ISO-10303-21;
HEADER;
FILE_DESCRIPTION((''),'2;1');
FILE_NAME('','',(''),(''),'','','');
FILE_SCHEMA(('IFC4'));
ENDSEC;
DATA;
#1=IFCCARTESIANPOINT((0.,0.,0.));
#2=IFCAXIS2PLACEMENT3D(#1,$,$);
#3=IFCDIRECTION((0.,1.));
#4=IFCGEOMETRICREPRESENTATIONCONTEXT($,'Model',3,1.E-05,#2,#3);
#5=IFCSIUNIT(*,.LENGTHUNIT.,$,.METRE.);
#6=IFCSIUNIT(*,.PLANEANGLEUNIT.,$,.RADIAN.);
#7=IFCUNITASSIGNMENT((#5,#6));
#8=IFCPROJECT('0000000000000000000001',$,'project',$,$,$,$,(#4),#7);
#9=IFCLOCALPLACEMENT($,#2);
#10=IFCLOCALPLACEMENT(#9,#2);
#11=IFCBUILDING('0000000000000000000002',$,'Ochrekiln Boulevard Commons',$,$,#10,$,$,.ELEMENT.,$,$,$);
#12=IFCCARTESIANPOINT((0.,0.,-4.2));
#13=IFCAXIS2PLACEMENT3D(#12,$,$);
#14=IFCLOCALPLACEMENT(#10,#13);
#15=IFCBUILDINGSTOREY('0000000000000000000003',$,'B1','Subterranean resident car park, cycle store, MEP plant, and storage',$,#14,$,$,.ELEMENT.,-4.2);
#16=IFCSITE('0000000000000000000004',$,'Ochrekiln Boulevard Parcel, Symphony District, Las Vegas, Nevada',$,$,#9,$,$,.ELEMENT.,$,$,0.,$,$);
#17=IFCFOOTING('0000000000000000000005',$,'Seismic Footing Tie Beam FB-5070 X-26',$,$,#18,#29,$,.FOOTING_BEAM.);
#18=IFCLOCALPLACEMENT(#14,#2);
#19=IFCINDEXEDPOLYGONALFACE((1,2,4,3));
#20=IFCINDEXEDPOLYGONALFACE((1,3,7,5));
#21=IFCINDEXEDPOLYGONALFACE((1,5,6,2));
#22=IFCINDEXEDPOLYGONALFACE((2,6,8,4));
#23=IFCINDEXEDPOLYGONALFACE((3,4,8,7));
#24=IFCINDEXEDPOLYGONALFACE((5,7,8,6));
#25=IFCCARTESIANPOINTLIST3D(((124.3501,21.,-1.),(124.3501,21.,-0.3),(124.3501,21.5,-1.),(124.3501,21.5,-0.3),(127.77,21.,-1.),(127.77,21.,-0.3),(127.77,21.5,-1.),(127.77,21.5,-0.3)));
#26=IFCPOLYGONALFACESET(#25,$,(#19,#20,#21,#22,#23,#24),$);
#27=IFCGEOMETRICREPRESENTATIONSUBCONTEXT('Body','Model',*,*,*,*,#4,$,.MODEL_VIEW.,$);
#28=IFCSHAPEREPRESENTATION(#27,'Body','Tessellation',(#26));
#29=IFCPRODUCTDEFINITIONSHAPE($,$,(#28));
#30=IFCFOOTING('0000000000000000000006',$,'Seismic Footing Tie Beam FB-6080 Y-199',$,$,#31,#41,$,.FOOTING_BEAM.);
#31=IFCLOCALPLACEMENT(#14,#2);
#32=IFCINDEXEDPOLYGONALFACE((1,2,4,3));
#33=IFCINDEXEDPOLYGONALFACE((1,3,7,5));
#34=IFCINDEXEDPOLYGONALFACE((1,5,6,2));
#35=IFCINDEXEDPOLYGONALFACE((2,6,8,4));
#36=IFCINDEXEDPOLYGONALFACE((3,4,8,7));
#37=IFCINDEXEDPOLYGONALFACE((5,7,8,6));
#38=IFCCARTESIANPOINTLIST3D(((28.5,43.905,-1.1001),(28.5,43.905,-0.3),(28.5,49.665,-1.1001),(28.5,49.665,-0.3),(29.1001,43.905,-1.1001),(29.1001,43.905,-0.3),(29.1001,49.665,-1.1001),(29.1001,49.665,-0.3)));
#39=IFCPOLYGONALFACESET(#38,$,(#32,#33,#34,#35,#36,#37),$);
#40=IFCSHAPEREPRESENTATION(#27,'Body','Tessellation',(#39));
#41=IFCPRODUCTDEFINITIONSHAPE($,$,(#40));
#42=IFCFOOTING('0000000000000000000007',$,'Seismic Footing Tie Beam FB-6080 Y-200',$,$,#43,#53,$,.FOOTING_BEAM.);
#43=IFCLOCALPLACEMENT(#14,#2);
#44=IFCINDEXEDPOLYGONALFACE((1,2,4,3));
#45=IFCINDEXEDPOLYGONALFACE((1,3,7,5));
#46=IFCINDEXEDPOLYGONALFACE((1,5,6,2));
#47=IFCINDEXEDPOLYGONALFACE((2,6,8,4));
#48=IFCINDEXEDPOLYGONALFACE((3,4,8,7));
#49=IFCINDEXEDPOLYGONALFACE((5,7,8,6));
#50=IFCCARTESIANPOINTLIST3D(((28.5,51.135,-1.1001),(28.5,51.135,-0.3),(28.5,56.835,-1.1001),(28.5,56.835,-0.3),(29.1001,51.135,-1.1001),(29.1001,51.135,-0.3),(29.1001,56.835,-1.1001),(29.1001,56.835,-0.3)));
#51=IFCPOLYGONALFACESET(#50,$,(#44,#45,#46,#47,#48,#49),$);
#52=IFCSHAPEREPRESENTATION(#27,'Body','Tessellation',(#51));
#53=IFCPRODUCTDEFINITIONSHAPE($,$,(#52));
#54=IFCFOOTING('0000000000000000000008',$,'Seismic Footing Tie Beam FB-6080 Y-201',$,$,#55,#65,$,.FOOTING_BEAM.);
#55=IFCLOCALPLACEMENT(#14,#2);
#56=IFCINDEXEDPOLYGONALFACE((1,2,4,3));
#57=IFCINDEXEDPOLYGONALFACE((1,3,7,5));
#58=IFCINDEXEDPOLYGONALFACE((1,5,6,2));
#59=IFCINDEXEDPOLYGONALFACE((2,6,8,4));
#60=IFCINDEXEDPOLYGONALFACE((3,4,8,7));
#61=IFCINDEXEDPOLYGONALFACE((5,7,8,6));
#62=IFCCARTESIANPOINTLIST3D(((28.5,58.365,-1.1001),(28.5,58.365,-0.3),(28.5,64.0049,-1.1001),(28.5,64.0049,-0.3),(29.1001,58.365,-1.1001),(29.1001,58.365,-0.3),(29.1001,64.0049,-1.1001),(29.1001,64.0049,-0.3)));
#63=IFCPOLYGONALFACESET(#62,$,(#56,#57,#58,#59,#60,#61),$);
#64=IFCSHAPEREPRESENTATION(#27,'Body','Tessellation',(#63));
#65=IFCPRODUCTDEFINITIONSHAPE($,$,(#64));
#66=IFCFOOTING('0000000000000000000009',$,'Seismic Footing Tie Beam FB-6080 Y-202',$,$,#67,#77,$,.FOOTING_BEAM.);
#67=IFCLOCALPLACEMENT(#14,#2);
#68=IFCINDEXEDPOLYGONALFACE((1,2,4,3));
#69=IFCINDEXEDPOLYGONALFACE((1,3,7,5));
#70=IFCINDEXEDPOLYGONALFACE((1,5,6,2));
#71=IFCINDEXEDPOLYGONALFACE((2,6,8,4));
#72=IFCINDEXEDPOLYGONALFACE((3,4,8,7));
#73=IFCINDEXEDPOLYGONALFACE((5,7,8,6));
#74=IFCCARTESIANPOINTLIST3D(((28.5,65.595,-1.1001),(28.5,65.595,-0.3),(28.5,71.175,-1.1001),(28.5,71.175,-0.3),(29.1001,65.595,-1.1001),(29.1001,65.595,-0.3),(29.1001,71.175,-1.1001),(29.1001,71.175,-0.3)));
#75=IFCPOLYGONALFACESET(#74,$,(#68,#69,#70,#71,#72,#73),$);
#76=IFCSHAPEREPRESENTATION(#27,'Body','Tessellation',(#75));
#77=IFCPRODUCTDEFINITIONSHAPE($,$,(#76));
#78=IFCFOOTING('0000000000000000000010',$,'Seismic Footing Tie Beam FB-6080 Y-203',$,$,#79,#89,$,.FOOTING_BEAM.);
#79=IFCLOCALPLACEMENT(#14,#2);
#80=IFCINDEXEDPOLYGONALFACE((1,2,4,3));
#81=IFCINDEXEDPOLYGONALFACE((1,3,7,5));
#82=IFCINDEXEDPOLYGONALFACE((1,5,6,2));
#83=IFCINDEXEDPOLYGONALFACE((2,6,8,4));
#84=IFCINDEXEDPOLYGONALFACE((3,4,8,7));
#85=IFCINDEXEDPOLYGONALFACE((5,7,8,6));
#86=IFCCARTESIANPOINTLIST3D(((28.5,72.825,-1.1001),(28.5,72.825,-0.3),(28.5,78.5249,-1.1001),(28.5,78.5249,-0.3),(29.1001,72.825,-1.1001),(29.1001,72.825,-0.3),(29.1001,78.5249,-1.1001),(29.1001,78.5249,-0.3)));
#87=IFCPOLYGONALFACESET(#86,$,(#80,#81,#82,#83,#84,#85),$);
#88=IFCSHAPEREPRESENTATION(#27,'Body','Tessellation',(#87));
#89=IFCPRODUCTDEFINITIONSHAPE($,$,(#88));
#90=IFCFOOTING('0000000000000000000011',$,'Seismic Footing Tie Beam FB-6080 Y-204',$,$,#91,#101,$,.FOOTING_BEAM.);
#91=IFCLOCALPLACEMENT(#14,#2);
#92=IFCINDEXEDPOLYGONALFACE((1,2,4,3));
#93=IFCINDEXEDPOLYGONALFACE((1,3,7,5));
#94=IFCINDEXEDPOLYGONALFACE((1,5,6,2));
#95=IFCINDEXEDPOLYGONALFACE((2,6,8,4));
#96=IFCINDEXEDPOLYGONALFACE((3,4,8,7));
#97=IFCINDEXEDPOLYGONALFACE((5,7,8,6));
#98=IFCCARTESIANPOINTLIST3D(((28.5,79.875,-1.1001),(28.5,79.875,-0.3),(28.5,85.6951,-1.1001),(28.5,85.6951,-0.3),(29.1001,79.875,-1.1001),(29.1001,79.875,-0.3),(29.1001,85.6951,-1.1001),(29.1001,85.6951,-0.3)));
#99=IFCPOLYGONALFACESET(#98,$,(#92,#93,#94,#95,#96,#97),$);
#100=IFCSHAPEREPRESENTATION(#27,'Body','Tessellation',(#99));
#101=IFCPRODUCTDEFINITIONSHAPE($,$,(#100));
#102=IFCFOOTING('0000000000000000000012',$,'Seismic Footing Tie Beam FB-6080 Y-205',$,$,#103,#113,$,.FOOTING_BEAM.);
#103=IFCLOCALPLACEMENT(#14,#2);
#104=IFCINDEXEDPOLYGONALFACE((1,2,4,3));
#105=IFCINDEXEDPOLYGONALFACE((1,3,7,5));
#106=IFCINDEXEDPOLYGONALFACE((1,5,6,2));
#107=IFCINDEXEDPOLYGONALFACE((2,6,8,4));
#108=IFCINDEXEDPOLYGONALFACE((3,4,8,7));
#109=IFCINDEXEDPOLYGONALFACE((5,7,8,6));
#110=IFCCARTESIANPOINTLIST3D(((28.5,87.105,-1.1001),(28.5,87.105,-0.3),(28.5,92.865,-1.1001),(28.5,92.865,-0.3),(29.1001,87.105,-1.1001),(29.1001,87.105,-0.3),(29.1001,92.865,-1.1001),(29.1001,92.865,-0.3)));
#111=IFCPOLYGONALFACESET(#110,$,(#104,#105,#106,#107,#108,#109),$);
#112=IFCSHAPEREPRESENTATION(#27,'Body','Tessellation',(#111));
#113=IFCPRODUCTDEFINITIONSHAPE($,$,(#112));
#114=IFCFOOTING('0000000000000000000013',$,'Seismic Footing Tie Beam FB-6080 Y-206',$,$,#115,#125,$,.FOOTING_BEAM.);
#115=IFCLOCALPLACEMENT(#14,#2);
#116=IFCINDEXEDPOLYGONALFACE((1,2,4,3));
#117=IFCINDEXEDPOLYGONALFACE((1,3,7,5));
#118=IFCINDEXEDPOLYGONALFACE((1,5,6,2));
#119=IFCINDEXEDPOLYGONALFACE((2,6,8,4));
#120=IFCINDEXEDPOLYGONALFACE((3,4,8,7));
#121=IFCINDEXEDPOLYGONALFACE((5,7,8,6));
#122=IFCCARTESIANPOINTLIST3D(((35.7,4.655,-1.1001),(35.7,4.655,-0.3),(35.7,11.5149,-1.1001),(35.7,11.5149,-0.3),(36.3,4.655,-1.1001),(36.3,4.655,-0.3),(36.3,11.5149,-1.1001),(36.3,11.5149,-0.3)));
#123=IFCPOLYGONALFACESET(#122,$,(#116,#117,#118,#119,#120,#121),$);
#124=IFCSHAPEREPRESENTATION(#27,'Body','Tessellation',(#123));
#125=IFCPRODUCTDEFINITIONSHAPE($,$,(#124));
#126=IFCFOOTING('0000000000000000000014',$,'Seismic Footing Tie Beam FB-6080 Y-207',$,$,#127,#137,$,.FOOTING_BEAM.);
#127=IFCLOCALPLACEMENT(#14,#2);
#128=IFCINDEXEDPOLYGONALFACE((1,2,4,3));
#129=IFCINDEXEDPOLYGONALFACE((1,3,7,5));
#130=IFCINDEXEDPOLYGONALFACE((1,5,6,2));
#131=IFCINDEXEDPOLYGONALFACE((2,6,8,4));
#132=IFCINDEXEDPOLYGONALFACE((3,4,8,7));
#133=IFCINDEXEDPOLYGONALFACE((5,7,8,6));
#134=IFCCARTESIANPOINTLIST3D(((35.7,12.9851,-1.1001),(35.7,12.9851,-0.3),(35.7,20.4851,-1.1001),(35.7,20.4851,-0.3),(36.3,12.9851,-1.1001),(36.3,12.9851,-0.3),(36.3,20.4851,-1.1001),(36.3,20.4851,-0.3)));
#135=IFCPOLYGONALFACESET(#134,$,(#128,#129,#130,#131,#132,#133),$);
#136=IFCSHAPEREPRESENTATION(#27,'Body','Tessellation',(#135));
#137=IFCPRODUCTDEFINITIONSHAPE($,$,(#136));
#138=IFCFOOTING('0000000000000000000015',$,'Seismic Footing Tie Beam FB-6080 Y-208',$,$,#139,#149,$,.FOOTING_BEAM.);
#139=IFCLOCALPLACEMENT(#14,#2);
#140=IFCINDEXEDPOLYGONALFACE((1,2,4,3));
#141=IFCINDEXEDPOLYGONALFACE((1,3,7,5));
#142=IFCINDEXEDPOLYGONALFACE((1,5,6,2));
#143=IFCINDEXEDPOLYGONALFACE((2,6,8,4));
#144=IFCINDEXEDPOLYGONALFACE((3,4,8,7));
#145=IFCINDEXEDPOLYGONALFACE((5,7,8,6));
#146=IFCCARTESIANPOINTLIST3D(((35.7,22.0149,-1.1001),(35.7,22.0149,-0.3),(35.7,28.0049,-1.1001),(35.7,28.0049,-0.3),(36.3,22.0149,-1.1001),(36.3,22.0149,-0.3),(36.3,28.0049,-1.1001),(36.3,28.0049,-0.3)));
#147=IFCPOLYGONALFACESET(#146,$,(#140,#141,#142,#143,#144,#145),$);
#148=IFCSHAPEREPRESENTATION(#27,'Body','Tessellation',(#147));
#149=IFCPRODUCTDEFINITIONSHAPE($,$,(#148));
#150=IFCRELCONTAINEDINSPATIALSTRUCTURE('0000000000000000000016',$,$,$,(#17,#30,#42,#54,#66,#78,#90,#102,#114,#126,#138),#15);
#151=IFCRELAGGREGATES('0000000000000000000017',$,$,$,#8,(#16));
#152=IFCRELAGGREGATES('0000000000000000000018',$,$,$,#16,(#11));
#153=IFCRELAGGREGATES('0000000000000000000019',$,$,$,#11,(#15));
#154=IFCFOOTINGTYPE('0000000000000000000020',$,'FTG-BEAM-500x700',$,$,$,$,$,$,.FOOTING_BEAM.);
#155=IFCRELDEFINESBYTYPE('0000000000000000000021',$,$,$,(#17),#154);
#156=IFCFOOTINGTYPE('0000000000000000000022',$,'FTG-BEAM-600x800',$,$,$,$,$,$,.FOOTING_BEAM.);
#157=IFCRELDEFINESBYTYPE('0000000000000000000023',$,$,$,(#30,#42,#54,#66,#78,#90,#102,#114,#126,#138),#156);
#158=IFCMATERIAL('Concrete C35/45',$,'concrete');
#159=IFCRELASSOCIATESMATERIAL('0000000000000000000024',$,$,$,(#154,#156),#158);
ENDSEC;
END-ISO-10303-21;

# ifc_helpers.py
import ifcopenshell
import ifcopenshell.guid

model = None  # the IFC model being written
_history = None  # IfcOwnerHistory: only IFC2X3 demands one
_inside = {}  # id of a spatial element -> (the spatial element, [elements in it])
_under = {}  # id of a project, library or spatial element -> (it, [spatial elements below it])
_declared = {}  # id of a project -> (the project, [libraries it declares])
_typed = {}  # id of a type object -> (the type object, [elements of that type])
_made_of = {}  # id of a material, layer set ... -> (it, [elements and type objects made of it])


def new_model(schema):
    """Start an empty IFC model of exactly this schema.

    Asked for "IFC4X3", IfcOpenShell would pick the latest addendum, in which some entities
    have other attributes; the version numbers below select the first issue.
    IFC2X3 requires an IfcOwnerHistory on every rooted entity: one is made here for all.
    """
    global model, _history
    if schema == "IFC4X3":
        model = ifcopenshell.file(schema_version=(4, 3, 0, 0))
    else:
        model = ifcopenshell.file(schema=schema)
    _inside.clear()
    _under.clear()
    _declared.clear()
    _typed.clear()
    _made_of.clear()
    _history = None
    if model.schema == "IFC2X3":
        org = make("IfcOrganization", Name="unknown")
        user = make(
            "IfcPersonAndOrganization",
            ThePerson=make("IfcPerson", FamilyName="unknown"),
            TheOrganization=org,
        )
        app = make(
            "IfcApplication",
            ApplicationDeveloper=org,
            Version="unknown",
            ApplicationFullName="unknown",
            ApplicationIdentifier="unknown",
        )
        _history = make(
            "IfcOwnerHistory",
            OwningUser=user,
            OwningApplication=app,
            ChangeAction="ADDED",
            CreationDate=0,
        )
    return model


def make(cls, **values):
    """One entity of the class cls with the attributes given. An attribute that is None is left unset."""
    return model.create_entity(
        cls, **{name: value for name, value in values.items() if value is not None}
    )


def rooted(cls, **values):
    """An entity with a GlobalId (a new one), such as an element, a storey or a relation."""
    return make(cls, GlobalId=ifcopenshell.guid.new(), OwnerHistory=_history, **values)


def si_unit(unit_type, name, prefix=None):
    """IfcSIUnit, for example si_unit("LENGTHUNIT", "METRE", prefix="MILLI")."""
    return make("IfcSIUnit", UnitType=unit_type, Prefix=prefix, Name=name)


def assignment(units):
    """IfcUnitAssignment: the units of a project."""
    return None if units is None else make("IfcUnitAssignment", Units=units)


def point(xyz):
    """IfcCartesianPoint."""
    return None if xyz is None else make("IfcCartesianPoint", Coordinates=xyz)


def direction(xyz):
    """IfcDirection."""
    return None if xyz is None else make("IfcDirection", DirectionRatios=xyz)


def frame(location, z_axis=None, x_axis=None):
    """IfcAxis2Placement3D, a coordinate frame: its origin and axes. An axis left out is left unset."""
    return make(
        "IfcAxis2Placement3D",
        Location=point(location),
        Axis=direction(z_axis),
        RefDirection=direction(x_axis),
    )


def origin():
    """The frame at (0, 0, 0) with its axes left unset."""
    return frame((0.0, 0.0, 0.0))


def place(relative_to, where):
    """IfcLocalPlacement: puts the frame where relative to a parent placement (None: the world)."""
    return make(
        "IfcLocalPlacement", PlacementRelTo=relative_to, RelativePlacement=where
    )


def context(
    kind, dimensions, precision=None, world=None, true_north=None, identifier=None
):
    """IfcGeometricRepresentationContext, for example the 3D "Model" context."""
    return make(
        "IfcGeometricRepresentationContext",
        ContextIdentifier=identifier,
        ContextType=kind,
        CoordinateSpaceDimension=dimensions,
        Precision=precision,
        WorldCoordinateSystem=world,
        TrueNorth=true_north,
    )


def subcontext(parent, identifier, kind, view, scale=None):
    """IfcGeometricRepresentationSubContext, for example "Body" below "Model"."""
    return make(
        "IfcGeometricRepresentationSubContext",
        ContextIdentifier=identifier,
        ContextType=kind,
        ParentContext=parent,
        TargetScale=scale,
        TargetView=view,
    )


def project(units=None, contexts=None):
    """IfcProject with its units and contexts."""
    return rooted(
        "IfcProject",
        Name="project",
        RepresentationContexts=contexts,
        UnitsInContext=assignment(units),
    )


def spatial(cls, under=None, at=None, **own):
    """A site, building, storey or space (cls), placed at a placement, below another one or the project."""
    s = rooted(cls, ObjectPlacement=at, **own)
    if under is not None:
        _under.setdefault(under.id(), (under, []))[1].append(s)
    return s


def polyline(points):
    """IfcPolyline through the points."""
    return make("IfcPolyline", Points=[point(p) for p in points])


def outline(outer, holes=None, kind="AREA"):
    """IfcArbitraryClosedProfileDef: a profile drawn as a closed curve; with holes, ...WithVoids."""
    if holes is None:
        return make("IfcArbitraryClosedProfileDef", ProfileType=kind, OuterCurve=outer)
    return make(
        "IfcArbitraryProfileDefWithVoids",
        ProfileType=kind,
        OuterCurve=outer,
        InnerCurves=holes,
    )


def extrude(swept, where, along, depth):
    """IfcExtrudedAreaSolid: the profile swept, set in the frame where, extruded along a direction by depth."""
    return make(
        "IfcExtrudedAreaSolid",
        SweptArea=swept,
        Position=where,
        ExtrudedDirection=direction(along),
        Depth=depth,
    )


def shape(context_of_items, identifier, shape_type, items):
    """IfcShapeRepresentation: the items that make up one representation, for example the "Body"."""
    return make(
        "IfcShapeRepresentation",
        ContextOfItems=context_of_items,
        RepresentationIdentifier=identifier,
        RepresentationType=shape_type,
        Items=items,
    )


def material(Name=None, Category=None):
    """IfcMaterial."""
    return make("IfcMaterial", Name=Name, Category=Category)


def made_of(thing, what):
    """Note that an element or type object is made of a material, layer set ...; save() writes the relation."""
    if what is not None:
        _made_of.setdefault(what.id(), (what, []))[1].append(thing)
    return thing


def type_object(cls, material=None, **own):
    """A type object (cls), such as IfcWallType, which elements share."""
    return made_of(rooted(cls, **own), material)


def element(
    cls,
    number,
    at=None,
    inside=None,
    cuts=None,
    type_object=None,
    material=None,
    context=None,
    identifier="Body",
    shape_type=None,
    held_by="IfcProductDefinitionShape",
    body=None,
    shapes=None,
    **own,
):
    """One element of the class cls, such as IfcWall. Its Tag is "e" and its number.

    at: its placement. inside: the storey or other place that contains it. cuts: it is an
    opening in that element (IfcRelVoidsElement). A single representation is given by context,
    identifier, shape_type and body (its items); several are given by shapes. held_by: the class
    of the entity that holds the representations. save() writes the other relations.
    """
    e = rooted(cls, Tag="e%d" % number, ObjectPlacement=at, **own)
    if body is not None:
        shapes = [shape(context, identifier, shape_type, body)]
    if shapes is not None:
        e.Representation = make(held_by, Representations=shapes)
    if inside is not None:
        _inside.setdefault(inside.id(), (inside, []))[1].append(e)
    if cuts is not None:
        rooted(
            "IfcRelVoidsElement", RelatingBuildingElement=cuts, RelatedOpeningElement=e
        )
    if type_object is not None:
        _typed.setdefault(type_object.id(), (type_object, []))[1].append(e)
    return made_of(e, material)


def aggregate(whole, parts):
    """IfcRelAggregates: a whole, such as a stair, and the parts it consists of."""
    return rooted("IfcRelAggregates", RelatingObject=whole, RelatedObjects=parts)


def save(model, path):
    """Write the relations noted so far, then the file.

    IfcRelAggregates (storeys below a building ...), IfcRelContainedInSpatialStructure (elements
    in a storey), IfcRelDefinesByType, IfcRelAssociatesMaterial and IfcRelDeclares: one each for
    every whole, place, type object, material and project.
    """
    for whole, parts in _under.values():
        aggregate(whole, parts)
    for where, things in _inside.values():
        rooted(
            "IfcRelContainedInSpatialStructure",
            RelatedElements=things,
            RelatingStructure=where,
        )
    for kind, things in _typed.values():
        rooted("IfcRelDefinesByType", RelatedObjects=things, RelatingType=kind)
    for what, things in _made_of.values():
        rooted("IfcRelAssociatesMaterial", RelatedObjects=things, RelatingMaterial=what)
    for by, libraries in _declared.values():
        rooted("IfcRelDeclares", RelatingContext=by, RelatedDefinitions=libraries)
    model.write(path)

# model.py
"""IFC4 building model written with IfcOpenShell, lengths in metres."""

from ifc_helpers import new_model, si_unit, direction, frame, origin, place, context, subcontext, project, spatial, polyline, outline, extrude, material, type_object, element, save


model = new_model("IFC4")

# Units and contexts
model_context = context("Model", 3, precision=1e-05, world=origin(), true_north=direction((0.0, 1.0)))
body_context = subcontext(model_context, "Body", "Model", "MODEL_VIEW")
ifc_project = project(units=[si_unit("LENGTHUNIT", "METRE"), si_unit("PLANEANGLEUNIT", "RADIAN")], contexts=[model_context])

# Site, building, storey
site_placement = place(None, origin())
site = spatial("IfcSite", under=ifc_project, at=site_placement, Name="Ochrekiln Boulevard Parcel, Symphony District, Las Vegas, Nevada", CompositionType="ELEMENT", RefElevation=0.0)
building_placement = place(site_placement, origin())
building = spatial("IfcBuilding", under=site, at=building_placement, Name="Ochrekiln Boulevard Commons", CompositionType="ELEMENT")
storey_placement = place(building_placement, frame((0.0, 0.0, -4.2)))
storey = spatial("IfcBuildingStorey", under=building, at=storey_placement, Name="B1", Description="Subterranean resident car park, cycle store, MEP plant, and storage", CompositionType="ELEMENT", Elevation=-4.2)

# Footings
ifc_material = material(Name="Concrete C35/45", Category="concrete")
footing_type_1 = type_object("IfcFootingType", Name="FTG-BEAM-500x700", PredefinedType="FOOTING_BEAM", material=ifc_material)
footing_1_placement = place(storey_placement, frame((0.0, 0.0, -1.0)))
element("IfcFooting", 1, at=footing_1_placement, inside=storey, type_object=footing_type_1, Name="Seismic Footing Tie Beam FB-5070 X-26", PredefinedType="FOOTING_BEAM", context=body_context, shape_type="SweptSolid", body=[
    extrude(outline(polyline([(124.3501, 21.0), (127.77, 21.0), (127.77, 21.5), (124.3501, 21.5), (124.3501, 21.0)])), origin(), (0.0, 0.0, 1.0), 0.7),
])
footing_type_2 = type_object("IfcFootingType", Name="FTG-BEAM-600x800", PredefinedType="FOOTING_BEAM", material=ifc_material)
footing_2_placement = place(storey_placement, frame((0.0, 0.0, -1.1001)))
element("IfcFooting", 2, at=footing_2_placement, inside=storey, type_object=footing_type_2, Name="Seismic Footing Tie Beam FB-6080 Y-199", PredefinedType="FOOTING_BEAM", context=body_context, shape_type="SweptSolid", body=[
    extrude(outline(polyline([(28.5, 43.905), (29.1001, 43.905), (29.1001, 49.665), (28.5, 49.665), (28.5, 43.905)])), origin(), (0.0, 0.0, 1.0), 0.8),
])
footing_3_placement = place(storey_placement, frame((0.0, 0.0, -1.1001)))
element("IfcFooting", 3, at=footing_3_placement, inside=storey, type_object=footing_type_2, Name="Seismic Footing Tie Beam FB-6080 Y-200", PredefinedType="FOOTING_BEAM", context=body_context, shape_type="SweptSolid", body=[
    extrude(outline(polyline([(28.5, 51.135), (29.1001, 51.135), (29.1001, 56.835), (28.5, 56.835), (28.5, 51.135)])), origin(), (0.0, 0.0, 1.0), 0.8),
])
footing_4_placement = place(storey_placement, frame((0.0, 0.0, -1.1001)))
element("IfcFooting", 4, at=footing_4_placement, inside=storey, type_object=footing_type_2, Name="Seismic Footing Tie Beam FB-6080 Y-201", PredefinedType="FOOTING_BEAM", context=body_context, shape_type="SweptSolid", body=[
    extrude(outline(polyline([(28.5, 58.365), (29.1001, 58.365), (29.1001, 64.0049), (28.5, 64.0049), (28.5, 58.365)])), origin(), (0.0, 0.0, 1.0), 0.8),
])
footing_5_placement = place(storey_placement, frame((0.0, 0.0, -1.1001)))
element("IfcFooting", 5, at=footing_5_placement, inside=storey, type_object=footing_type_2, Name="Seismic Footing Tie Beam FB-6080 Y-202", PredefinedType="FOOTING_BEAM", context=body_context, shape_type="SweptSolid", body=[
    extrude(outline(polyline([(28.5, 65.595), (29.1001, 65.595), (29.1001, 71.175), (28.5, 71.175), (28.5, 65.595)])), origin(), (0.0, 0.0, 1.0), 0.8),
])
footing_6_placement = place(storey_placement, frame((0.0, 0.0, -1.1001)))
element("IfcFooting", 6, at=footing_6_placement, inside=storey, type_object=footing_type_2, Name="Seismic Footing Tie Beam FB-6080 Y-203", PredefinedType="FOOTING_BEAM", context=body_context, shape_type="SweptSolid", body=[
    extrude(outline(polyline([(28.5, 72.825), (29.1001, 72.825), (29.1001, 78.5249), (28.5, 78.5249), (28.5, 72.825)])), origin(), (0.0, 0.0, 1.0), 0.8),
])
footing_7_placement = place(storey_placement, frame((0.0, 0.0, -1.1001)))
element("IfcFooting", 7, at=footing_7_placement, inside=storey, type_object=footing_type_2, Name="Seismic Footing Tie Beam FB-6080 Y-204", PredefinedType="FOOTING_BEAM", context=body_context, shape_type="SweptSolid", body=[
    extrude(outline(polyline([(28.5, 79.875), (29.1001, 79.875), (29.1001, 85.6951), (28.5, 85.6951), (28.5, 79.875)])), origin(), (0.0, 0.0, 1.0), 0.8),
])
footing_8_placement = place(storey_placement, frame((0.0, 0.0, -1.1001)))
element("IfcFooting", 8, at=footing_8_placement, inside=storey, type_object=footing_type_2, Name="Seismic Footing Tie Beam FB-6080 Y-205", PredefinedType="FOOTING_BEAM", context=body_context, shape_type="SweptSolid", body=[
    extrude(outline(polyline([(28.5, 87.105), (29.1001, 87.105), (29.1001, 92.865), (28.5, 92.865), (28.5, 87.105)])), origin(), (0.0, 0.0, 1.0), 0.8),
])
footing_9_placement = place(storey_placement, frame((0.0, 0.0, -1.1001)))
element("IfcFooting", 9, at=footing_9_placement, inside=storey, type_object=footing_type_2, Name="Seismic Footing Tie Beam FB-6080 Y-206", PredefinedType="FOOTING_BEAM", context=body_context, shape_type="SweptSolid", body=[
    extrude(outline(polyline([(35.7, 4.655), (36.3, 4.655), (36.3, 11.5149), (35.7, 11.5149), (35.7, 4.655)])), origin(), (0.0, 0.0, 1.0), 0.8),
])
footing_10_placement = place(storey_placement, frame((0.0, 0.0, -1.1001)))
element("IfcFooting", 10, at=footing_10_placement, inside=storey, type_object=footing_type_2, Name="Seismic Footing Tie Beam FB-6080 Y-207", PredefinedType="FOOTING_BEAM", context=body_context, shape_type="SweptSolid", body=[
    extrude(outline(polyline([(35.7, 12.9851), (36.3, 12.9851), (36.3, 20.4851), (35.7, 20.4851), (35.7, 12.9851)])), origin(), (0.0, 0.0, 1.0), 0.8),
])
footing_11_placement = place(storey_placement, frame((0.0, 0.0, -1.1001)))
element("IfcFooting", 11, at=footing_11_placement, inside=storey, type_object=footing_type_2, Name="Seismic Footing Tie Beam FB-6080 Y-208", PredefinedType="FOOTING_BEAM", context=body_context, shape_type="SweptSolid", body=[
    extrude(outline(polyline([(35.7, 22.0149), (36.3, 22.0149), (36.3, 28.0049), (35.7, 28.0049), (35.7, 22.0149)])), origin(), (0.0, 0.0, 1.0), 0.8),
])

save(model, "model.ifc")
